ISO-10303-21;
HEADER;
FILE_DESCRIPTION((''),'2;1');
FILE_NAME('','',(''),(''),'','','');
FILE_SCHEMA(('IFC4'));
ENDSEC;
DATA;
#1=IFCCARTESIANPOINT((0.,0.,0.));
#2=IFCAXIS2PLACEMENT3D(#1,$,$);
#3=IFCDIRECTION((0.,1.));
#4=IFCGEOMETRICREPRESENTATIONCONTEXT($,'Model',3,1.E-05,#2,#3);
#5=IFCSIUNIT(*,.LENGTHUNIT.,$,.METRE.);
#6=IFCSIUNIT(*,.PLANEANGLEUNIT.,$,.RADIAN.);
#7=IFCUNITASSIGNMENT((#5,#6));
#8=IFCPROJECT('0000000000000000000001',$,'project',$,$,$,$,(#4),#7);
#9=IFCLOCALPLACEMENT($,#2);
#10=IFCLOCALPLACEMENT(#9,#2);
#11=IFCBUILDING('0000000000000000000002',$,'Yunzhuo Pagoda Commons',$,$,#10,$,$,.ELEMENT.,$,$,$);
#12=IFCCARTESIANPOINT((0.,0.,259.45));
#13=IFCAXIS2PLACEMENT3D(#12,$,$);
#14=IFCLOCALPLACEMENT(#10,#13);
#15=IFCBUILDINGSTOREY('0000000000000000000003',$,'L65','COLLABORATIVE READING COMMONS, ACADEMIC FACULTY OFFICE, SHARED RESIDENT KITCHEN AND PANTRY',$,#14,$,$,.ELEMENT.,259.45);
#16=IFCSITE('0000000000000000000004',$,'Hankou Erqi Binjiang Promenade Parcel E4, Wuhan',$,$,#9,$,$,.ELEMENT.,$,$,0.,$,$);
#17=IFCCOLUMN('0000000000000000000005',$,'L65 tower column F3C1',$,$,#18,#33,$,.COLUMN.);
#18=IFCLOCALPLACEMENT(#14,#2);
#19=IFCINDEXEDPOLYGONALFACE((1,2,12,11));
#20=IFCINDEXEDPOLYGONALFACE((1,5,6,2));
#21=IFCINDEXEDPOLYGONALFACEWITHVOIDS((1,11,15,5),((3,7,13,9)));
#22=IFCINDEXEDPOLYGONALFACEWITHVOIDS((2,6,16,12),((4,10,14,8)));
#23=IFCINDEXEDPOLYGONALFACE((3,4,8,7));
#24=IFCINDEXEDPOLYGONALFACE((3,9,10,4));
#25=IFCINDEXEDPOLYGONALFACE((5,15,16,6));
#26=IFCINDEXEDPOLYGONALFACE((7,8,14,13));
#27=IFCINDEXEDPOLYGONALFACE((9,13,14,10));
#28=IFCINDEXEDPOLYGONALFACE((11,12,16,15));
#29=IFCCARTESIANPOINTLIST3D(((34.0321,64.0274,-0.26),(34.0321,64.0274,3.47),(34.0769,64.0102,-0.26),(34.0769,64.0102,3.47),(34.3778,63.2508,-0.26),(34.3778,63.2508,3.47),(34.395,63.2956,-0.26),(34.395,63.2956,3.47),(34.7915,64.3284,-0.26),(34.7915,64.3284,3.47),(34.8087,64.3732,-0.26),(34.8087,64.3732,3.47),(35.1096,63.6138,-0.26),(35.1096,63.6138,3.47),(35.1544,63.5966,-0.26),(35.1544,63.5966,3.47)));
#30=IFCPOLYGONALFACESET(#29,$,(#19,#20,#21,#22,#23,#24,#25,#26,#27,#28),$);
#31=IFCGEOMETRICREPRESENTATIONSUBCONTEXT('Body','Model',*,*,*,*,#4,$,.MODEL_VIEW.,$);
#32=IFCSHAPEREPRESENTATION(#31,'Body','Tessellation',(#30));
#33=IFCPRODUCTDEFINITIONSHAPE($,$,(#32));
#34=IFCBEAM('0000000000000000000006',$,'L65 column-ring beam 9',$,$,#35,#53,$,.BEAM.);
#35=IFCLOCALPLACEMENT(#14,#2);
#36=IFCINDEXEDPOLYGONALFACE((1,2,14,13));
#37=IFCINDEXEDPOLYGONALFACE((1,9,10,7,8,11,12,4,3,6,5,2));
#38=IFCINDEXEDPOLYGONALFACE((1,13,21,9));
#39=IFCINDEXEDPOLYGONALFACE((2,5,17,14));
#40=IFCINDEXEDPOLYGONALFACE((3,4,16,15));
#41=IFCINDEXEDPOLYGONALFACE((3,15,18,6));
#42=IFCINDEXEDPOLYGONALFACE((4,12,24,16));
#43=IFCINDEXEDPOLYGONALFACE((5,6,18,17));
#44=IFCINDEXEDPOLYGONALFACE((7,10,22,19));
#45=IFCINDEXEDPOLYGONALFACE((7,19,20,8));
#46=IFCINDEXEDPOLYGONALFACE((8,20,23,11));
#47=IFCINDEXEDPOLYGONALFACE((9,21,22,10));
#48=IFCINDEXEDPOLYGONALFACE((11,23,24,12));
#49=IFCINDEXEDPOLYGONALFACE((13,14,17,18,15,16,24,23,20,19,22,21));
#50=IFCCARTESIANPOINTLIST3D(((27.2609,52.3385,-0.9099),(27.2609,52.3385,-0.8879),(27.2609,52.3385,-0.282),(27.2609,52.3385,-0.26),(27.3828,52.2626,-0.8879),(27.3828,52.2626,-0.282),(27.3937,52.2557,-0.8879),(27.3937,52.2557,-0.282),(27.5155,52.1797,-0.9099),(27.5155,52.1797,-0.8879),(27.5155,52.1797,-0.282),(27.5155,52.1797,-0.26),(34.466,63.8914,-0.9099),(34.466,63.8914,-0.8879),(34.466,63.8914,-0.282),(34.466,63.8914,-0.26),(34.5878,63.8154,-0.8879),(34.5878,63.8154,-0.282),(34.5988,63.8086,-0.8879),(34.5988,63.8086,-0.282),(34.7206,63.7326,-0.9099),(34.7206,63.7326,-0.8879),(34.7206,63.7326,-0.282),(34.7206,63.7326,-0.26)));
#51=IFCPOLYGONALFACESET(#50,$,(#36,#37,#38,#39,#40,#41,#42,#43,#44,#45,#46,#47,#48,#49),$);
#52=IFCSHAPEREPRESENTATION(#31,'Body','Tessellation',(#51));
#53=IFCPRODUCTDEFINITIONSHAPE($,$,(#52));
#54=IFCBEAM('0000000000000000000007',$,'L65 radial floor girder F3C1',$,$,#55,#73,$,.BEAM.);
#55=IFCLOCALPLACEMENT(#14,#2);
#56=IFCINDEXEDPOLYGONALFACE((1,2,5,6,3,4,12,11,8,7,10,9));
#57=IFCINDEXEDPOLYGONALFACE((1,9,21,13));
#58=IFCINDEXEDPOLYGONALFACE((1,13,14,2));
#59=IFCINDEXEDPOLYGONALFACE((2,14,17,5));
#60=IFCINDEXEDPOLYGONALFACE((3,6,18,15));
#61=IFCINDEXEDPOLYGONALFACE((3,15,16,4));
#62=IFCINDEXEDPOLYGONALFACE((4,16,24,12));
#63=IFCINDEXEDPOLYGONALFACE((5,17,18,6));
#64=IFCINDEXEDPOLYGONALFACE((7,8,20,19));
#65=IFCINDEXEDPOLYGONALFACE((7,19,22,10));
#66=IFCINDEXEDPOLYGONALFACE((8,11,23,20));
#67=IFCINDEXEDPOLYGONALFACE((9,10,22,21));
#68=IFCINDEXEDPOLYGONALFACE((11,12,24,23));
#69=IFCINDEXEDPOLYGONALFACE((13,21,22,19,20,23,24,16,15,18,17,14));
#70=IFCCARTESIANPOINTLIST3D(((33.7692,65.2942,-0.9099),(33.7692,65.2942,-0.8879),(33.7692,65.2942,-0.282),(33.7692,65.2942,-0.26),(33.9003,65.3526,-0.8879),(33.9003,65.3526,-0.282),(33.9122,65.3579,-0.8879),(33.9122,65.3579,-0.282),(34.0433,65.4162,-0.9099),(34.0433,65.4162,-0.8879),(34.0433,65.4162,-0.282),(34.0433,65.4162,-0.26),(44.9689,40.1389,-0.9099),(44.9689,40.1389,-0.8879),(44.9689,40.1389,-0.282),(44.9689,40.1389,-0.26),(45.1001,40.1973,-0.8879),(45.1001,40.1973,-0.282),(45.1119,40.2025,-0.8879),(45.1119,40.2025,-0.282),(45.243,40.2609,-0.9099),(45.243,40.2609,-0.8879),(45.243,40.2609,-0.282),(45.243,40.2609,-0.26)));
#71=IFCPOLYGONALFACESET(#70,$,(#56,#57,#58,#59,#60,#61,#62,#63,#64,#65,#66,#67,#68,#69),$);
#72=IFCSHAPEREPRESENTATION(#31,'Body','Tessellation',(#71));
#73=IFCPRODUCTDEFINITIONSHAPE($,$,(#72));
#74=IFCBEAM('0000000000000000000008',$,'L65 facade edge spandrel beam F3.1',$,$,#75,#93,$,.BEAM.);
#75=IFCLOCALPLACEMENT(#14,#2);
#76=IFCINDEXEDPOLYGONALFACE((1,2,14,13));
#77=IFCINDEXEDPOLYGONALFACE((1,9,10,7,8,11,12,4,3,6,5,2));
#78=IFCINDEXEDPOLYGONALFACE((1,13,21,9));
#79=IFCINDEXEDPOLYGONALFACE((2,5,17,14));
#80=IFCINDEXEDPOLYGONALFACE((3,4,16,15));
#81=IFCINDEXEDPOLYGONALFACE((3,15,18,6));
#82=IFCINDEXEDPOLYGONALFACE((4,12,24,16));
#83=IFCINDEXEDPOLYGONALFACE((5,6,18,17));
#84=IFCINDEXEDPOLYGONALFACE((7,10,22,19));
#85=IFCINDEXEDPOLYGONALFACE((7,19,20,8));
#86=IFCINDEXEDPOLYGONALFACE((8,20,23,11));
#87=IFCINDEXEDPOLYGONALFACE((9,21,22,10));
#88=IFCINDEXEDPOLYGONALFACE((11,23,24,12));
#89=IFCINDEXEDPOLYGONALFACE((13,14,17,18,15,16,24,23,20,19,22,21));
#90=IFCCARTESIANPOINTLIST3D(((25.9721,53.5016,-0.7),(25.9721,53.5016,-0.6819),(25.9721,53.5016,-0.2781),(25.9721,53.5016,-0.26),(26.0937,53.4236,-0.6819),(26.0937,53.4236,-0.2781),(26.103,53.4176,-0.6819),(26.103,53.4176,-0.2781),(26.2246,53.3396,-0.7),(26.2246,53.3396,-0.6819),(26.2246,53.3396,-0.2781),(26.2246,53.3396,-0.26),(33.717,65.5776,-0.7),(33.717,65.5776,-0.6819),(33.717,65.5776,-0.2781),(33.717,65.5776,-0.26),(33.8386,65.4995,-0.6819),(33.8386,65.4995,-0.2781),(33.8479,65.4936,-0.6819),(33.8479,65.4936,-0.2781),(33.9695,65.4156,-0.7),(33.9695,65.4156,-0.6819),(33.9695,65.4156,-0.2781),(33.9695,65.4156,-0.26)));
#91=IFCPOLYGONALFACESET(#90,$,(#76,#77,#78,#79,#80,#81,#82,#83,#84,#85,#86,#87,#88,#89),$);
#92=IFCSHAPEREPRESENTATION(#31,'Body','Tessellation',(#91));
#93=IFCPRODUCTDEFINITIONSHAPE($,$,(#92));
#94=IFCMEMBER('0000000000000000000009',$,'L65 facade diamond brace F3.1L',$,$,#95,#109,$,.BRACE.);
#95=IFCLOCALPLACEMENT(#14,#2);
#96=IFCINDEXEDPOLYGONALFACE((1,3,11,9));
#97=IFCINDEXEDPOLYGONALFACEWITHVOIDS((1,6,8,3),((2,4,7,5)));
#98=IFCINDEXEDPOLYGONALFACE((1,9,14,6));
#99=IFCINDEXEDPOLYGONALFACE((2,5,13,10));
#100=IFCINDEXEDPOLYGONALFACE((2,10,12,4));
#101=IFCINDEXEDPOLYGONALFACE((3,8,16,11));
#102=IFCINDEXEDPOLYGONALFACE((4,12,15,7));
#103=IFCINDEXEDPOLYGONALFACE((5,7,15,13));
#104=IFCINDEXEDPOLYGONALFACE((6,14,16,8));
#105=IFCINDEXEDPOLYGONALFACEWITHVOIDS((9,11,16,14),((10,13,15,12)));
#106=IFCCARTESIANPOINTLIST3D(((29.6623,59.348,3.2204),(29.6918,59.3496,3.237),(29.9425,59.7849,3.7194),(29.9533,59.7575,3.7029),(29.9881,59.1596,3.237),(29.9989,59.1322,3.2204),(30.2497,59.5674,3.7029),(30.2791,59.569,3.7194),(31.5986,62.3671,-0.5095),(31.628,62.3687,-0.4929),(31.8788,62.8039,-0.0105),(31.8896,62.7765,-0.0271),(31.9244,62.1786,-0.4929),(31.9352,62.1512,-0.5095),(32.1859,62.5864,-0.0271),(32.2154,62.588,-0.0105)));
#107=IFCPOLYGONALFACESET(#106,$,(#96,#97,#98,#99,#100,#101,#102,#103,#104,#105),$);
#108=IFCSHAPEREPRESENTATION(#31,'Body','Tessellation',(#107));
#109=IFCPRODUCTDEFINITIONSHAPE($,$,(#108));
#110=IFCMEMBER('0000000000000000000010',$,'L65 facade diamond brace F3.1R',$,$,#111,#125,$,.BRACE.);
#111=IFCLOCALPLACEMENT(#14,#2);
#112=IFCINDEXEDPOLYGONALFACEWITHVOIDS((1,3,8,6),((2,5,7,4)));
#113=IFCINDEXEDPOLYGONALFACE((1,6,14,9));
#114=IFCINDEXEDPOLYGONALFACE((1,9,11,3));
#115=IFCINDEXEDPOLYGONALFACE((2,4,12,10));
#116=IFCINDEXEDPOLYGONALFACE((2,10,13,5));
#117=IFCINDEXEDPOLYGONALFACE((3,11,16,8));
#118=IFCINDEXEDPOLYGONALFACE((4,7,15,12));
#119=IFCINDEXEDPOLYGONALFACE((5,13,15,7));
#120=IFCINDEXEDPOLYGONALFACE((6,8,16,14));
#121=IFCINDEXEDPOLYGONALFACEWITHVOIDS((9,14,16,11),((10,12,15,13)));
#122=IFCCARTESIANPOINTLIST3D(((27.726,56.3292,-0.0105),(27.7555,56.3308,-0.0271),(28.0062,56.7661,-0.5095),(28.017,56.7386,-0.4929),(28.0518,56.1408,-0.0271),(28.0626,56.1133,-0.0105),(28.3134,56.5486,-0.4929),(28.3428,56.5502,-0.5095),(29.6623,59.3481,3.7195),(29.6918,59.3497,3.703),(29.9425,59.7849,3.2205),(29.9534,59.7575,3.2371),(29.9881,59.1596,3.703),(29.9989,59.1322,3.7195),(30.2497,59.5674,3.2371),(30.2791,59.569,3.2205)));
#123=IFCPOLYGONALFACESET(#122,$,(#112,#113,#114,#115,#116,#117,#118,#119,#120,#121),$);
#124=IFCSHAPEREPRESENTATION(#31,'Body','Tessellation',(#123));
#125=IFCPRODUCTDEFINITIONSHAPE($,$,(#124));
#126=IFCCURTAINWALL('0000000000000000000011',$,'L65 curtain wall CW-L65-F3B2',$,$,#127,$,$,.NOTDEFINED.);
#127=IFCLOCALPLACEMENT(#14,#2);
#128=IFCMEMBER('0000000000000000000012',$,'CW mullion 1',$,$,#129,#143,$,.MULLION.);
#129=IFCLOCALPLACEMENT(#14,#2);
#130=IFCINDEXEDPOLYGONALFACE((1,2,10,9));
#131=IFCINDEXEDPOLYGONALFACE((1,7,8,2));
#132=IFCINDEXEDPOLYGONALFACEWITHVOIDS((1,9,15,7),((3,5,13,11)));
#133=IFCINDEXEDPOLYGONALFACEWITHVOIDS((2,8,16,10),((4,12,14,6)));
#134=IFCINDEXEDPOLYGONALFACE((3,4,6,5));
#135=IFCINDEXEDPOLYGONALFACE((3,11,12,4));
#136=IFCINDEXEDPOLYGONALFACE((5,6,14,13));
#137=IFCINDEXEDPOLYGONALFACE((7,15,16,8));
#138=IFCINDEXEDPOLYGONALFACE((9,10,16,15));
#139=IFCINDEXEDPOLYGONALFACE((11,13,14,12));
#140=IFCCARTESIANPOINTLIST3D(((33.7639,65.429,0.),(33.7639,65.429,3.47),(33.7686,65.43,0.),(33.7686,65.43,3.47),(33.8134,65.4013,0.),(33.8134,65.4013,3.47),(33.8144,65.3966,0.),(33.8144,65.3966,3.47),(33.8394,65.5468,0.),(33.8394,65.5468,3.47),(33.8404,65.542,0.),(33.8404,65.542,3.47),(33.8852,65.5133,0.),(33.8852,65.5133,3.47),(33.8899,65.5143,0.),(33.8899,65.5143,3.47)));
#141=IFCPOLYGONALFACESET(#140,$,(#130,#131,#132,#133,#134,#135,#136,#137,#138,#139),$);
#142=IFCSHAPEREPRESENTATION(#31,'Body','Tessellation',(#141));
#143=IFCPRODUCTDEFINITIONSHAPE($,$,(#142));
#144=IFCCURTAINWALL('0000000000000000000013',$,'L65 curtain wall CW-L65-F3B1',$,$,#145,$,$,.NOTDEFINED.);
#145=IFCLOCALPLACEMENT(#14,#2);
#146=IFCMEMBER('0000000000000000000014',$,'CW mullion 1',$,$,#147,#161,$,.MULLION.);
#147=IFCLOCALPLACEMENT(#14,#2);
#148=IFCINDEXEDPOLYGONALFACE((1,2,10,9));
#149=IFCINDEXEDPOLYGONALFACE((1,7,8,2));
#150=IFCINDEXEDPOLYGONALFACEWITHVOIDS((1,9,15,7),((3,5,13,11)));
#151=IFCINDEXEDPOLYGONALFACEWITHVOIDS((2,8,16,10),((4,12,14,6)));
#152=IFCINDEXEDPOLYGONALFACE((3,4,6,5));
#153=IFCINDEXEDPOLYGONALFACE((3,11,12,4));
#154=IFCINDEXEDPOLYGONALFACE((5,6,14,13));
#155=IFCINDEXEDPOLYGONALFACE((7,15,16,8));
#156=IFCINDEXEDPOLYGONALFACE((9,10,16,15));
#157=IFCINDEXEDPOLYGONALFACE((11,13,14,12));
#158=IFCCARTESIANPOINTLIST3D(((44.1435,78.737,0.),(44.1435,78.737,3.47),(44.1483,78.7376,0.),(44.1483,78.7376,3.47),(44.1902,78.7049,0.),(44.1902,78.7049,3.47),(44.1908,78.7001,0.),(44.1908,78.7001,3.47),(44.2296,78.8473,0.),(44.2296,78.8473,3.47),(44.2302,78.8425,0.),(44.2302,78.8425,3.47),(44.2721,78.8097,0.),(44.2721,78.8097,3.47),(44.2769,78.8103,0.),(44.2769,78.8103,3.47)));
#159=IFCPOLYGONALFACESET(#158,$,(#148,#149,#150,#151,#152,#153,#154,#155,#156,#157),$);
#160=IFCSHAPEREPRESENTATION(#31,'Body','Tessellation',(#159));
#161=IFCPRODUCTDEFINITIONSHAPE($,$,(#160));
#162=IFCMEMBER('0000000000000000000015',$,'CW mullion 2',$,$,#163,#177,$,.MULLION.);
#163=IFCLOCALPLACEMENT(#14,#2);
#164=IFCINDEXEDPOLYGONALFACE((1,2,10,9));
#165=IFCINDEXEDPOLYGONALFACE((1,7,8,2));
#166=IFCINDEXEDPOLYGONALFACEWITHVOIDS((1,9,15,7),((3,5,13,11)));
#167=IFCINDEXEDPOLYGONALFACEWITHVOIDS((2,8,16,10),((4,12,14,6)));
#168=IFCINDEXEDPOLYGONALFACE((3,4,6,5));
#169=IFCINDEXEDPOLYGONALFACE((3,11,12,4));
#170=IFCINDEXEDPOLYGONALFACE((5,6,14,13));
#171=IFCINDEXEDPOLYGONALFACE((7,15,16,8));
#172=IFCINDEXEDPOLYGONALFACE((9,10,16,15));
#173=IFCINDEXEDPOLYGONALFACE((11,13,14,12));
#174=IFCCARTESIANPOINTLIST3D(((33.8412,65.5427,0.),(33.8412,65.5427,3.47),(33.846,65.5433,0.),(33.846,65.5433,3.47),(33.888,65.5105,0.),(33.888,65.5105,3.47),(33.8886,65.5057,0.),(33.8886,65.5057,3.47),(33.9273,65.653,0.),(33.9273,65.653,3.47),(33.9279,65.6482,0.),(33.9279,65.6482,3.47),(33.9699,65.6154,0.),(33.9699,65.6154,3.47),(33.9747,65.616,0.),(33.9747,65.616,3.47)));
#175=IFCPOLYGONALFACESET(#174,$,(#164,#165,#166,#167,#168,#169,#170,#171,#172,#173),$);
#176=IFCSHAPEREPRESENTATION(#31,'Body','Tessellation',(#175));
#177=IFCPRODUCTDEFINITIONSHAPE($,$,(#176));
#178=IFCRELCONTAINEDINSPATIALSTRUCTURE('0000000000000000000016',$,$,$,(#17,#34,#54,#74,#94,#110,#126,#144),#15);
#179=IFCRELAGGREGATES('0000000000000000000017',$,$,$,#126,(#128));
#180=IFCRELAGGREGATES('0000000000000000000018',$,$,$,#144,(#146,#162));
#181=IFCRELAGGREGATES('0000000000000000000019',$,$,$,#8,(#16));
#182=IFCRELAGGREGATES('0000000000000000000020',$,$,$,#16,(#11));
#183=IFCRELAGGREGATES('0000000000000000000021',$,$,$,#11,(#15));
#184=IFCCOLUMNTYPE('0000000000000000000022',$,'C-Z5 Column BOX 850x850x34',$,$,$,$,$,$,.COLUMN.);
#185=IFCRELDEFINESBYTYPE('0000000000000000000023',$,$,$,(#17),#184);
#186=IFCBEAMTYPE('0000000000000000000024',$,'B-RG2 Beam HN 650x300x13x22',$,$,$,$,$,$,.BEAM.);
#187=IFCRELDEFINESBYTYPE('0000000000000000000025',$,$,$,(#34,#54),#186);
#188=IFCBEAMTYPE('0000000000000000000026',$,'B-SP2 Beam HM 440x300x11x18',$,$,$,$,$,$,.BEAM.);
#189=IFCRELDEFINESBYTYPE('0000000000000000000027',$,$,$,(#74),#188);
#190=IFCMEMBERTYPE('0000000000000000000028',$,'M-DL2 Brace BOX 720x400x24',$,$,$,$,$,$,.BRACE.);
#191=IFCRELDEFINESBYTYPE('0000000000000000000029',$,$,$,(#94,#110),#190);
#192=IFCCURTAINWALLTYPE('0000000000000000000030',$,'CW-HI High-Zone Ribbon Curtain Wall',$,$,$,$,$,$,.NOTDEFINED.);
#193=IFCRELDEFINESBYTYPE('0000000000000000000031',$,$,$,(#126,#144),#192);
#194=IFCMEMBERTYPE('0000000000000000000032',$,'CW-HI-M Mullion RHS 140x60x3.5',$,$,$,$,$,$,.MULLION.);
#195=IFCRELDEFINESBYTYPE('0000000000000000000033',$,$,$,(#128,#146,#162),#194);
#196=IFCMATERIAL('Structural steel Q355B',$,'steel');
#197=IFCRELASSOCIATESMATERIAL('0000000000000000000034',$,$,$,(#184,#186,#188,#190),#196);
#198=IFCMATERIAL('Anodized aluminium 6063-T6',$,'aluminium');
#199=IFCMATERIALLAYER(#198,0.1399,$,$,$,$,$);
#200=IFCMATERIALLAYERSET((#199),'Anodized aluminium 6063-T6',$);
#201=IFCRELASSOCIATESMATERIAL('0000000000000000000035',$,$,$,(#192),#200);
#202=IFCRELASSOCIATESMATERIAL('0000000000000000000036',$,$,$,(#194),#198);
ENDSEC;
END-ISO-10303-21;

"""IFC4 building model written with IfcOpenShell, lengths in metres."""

from ifc_helpers import new_model, si_unit, direction, frame, origin, origin_2d, place, context, subcontext, project, spatial, hollow_rectangle, i_section, extrude, source, transform, mapped, material, layer, layer_set, material_profile, profile_set, type_object, element, aggregate, save


model = new_model("IFC4")

# Units and contexts
model_context = context("Model", 3, precision=1e-05, world=origin(), true_north=direction((0.0, 1.0)))
body_context = subcontext(model_context, "Body", "Model", "MODEL_VIEW")
ifc_project = project(units=[si_unit("LENGTHUNIT", "METRE"), si_unit("PLANEANGLEUNIT", "RADIAN")], contexts=[model_context])

# Site, building, storey
site_placement = place(None, origin())
site = spatial("IfcSite", under=ifc_project, at=site_placement, Name="Hankou Erqi Binjiang Promenade Parcel E4, Wuhan", CompositionType="ELEMENT", RefElevation=0.0)
building_placement = place(site_placement, origin())
building = spatial("IfcBuilding", under=site, at=building_placement, Name="Yunzhuo Pagoda Commons", CompositionType="ELEMENT")
storey_placement = place(building_placement, frame((0.0, 0.0, 259.45)))
storey = spatial("IfcBuildingStorey", under=building, at=storey_placement, Name="L65", Description="COLLABORATIVE READING COMMONS, ACADEMIC FACULTY OFFICE, SHARED RESIDENT KITCHEN AND PANTRY", CompositionType="ELEMENT", Elevation=259.45)

# Column
ifc_material_1 = material(Name="Structural steel Q355B", Category="steel")
ifc_material_profile_1 = material_profile(ifc_material_1, hollow_rectangle(XDim=0.8501, YDim=0.8501, WallThickness=0.0339, at=origin_2d()), Name="Structural steel Q355B")
ifc_profile_set_1 = profile_set([ifc_material_profile_1], Name="Structural steel Q355B")
column_type = type_object("IfcColumnType", Name="C-Z5 Column BOX 850x850x34", PredefinedType="COLUMN", material=ifc_profile_set_1)
shared_shape_1 = source(origin(), body_context, "Body", "SweptSolid", [
    extrude(hollow_rectangle(XDim=0.8501, YDim=0.8501, WallThickness=0.0339, at=origin_2d()), origin(), (0.0, 0.0, 1.0), 3.73),
])
column_placement = place(storey_placement, frame((34.5933, 63.812, -0.26), z_axis=(0.0, 0.0, 1.0), x_axis=(-0.913545, -0.406737, 0.0)))
element("IfcColumn", 1, at=column_placement, inside=storey, type_object=column_type, Name="L65 tower column F3C1", PredefinedType="COLUMN", context=body_context, shape_type="MappedRepresentation", body=[
    mapped(shared_shape_1, transform((0.0, 0.0, 0.0), scale=1.0)),
])

# Beams
ifc_material_profile_2 = material_profile(ifc_material_1, i_section(OverallWidth=0.3, OverallDepth=0.6499, WebThickness=0.0129, FlangeThickness=0.022, at=origin_2d()), Name="Structural steel Q355B")
ifc_profile_set_2 = profile_set([ifc_material_profile_2], Name="Structural steel Q355B")
beam_type_1 = type_object("IfcBeamType", Name="B-RG2 Beam HN 650x300x13x22", PredefinedType="BEAM", material=ifc_profile_set_2)
shared_shape_2 = source(origin(), body_context, "Body", "SweptSolid", [
    extrude(i_section(OverallWidth=0.3, OverallDepth=0.6499, WebThickness=0.0129, FlangeThickness=0.022, at=origin_2d()), origin(), (0.0, 0.0, 1.0), 13.6155),
])
beam_1_placement = place(storey_placement, frame((34.5933, 63.812, -0.585), z_axis=(-0.529178, -0.848511, 0.0), x_axis=(0.848511, -0.529178, 0.0)))
element("IfcBeam", 2, at=beam_1_placement, inside=storey, type_object=beam_type_1, Name="L65 column-ring beam 9", PredefinedType="BEAM", context=body_context, shape_type="MappedRepresentation", body=[
    mapped(shared_shape_2, transform((0.0, 0.0, 0.0), scale=1.0)),
])
shared_shape_3 = source(origin(), body_context, "Body", "SweptSolid", [
    extrude(i_section(OverallWidth=0.3, OverallDepth=0.6499, WebThickness=0.0129, FlangeThickness=0.022, at=origin_2d()), origin(), (0.0, 0.0, 1.0), 27.5359),
])
beam_2_placement = place(storey_placement, frame((33.9062, 65.3552, -0.585), z_axis=(0.406732, -0.913547, 0.0), x_axis=(0.913547, 0.406732, 0.0)))
element("IfcBeam", 3, at=beam_2_placement, inside=storey, type_object=beam_type_1, Name="L65 radial floor girder F3C1", PredefinedType="BEAM", context=body_context, shape_type="MappedRepresentation", body=[
    mapped(shared_shape_3, transform((0.0, 0.0, 0.0), scale=1.0)),
])
ifc_material_profile_3 = material_profile(ifc_material_1, i_section(OverallWidth=0.3, OverallDepth=0.4399, WebThickness=0.011, FlangeThickness=0.0181, at=origin_2d()), Name="Structural steel Q355B")
ifc_profile_set_3 = profile_set([ifc_material_profile_3], Name="Structural steel Q355B")
beam_type_2 = type_object("IfcBeamType", Name="B-SP2 Beam HM 440x300x11x18", PredefinedType="BEAM", material=ifc_profile_set_3)
shared_shape_4 = source(origin(), body_context, "Body", "SweptSolid", [
    extrude(i_section(OverallWidth=0.3, OverallDepth=0.4399, WebThickness=0.011, FlangeThickness=0.0181, at=origin_2d()), origin(), (0.0, 0.0, 1.0), 14.3462),
])
beam_3_placement = place(storey_placement, frame((33.8433, 65.4966, -0.48), z_axis=(-0.539858, -0.841756, 0.0), x_axis=(0.841756, -0.539858, 0.0)))
element("IfcBeam", 4, at=beam_3_placement, inside=storey, type_object=beam_type_2, Name="L65 facade edge spandrel beam F3.1", PredefinedType="BEAM", context=body_context, shape_type="MappedRepresentation", body=[
    mapped(shared_shape_4, transform((0.0, 0.0, 0.0), scale=1.0)),
])

# Members
ifc_material_profile_4 = material_profile(ifc_material_1, hollow_rectangle(XDim=0.3999, YDim=0.72, WallThickness=0.0239, at=origin_2d()), Name="Structural steel Q355B")
ifc_profile_set_4 = profile_set([ifc_material_profile_4], Name="Structural steel Q355B")
member_type_1 = type_object("IfcMemberType", Name="M-DL2 Brace BOX 720x400x24", PredefinedType="BRACE", material=ifc_profile_set_4)
shared_shape_5 = source(origin(), body_context, "Body", "SweptSolid", [
    extrude(hollow_rectangle(XDim=0.3999, YDim=0.72, WallThickness=0.0239, at=origin_2d()), origin(), (0.0, 0.0, 1.0), 5.1746),
])
for number, where, z_axis, x_axis, name in (
    (5, (31.907, 62.4775, -0.26), (-0.374189, -0.583434, 0.720824), (0.841753, -0.539863, 0.0), "L65 facade diamond brace F3.1L"),
    (6, (28.0344, 56.4397, -0.26), (0.374199, 0.583403, 0.720844), (-0.841733, 0.539894, 0.0), "L65 facade diamond brace F3.1R"),
):
    element("IfcMember", number, at=place(storey_placement, frame(where, z_axis=z_axis, x_axis=x_axis)), inside=storey, type_object=member_type_1, Name=name, PredefinedType="BRACE", context=body_context, shape_type="MappedRepresentation", body=[
        mapped(shared_shape_5, transform((0.0, 0.0, 0.0), scale=1.0)),
    ])

# Curtain wall, member
ifc_material_2 = material(Name="Anodized aluminium 6063-T6", Category="aluminium")
ifc_layer_1 = layer(ifc_material_2, 0.1399)
ifc_layer_set_1 = layer_set([ifc_layer_1], Name="Anodized aluminium 6063-T6")
curtain_wall_type = type_object("IfcCurtainWallType", Name="CW-HI High-Zone Ribbon Curtain Wall", PredefinedType="NOTDEFINED", material=ifc_layer_set_1)
curtain_wall_1_placement = place(storey_placement, origin())
curtain_wall_1 = element("IfcCurtainWall", 7, at=curtain_wall_1_placement, inside=storey, type_object=curtain_wall_type, Name="L65 curtain wall CW-L65-F3B2", PredefinedType="NOTDEFINED")
ifc_material_profile_5 = material_profile(ifc_material_2, hollow_rectangle(XDim=0.0601, YDim=0.1399, WallThickness=0.0034, at=origin_2d()), Name="Anodized aluminium 6063-T6")
ifc_profile_set_5 = profile_set([ifc_material_profile_5], Name="Anodized aluminium 6063-T6")
member_type_2 = type_object("IfcMemberType", Name="CW-HI-M Mullion RHS 140x60x3.5", PredefinedType="MULLION", material=ifc_profile_set_5)
shared_shape_6 = source(origin(), body_context, "Body", "SweptSolid", [
    extrude(hollow_rectangle(XDim=0.0601, YDim=0.1399, WallThickness=0.0034, at=origin_2d()), origin(), (0.0, 0.0, 1.0), 3.47),
])
member_1_placement = place(storey_placement, frame((33.8269, 65.4717, 0.0), z_axis=(0.0, 0.0, 1.0), x_axis=(0.84175, -0.539867, 0.0)))
member_1 = element("IfcMember", 8, at=member_1_placement, type_object=member_type_2, Name="CW mullion 1", PredefinedType="MULLION", context=body_context, shape_type="MappedRepresentation", body=[
    mapped(shared_shape_6, transform((0.0, 0.0, 0.0), scale=1.0)),
])

# Curtain wall, members
curtain_wall_2_placement = place(storey_placement, origin())
curtain_wall_2 = element("IfcCurtainWall", 9, at=curtain_wall_2_placement, inside=storey, type_object=curtain_wall_type, Name="L65 curtain wall CW-L65-F3B1", PredefinedType="NOTDEFINED")
member_2_placement = place(storey_placement, frame((44.2102, 78.7737, 0.0), z_axis=(0.0, 0.0, 1.0), x_axis=(0.78819, -0.615433, 0.0)))
member_2 = element("IfcMember", 10, at=member_2_placement, type_object=member_type_2, Name="CW mullion 1", PredefinedType="MULLION", context=body_context, shape_type="MappedRepresentation", body=[
    mapped(shared_shape_6, transform((0.0, 0.0, 0.0), scale=1.0)),
])
member_3_placement = place(storey_placement, frame((33.908, 65.5793, 0.0), z_axis=(0.0, 0.0, 1.0), x_axis=(0.78819, -0.615433, 0.0)))
member_3 = element("IfcMember", 11, at=member_3_placement, type_object=member_type_2, Name="CW mullion 2", PredefinedType="MULLION", context=body_context, shape_type="MappedRepresentation", body=[
    mapped(shared_shape_6, transform((0.0, 0.0, 0.0), scale=1.0)),
])

aggregate(curtain_wall_1, [member_1])
aggregate(curtain_wall_2, [member_2, member_3])

save(model, "model.ifc")
